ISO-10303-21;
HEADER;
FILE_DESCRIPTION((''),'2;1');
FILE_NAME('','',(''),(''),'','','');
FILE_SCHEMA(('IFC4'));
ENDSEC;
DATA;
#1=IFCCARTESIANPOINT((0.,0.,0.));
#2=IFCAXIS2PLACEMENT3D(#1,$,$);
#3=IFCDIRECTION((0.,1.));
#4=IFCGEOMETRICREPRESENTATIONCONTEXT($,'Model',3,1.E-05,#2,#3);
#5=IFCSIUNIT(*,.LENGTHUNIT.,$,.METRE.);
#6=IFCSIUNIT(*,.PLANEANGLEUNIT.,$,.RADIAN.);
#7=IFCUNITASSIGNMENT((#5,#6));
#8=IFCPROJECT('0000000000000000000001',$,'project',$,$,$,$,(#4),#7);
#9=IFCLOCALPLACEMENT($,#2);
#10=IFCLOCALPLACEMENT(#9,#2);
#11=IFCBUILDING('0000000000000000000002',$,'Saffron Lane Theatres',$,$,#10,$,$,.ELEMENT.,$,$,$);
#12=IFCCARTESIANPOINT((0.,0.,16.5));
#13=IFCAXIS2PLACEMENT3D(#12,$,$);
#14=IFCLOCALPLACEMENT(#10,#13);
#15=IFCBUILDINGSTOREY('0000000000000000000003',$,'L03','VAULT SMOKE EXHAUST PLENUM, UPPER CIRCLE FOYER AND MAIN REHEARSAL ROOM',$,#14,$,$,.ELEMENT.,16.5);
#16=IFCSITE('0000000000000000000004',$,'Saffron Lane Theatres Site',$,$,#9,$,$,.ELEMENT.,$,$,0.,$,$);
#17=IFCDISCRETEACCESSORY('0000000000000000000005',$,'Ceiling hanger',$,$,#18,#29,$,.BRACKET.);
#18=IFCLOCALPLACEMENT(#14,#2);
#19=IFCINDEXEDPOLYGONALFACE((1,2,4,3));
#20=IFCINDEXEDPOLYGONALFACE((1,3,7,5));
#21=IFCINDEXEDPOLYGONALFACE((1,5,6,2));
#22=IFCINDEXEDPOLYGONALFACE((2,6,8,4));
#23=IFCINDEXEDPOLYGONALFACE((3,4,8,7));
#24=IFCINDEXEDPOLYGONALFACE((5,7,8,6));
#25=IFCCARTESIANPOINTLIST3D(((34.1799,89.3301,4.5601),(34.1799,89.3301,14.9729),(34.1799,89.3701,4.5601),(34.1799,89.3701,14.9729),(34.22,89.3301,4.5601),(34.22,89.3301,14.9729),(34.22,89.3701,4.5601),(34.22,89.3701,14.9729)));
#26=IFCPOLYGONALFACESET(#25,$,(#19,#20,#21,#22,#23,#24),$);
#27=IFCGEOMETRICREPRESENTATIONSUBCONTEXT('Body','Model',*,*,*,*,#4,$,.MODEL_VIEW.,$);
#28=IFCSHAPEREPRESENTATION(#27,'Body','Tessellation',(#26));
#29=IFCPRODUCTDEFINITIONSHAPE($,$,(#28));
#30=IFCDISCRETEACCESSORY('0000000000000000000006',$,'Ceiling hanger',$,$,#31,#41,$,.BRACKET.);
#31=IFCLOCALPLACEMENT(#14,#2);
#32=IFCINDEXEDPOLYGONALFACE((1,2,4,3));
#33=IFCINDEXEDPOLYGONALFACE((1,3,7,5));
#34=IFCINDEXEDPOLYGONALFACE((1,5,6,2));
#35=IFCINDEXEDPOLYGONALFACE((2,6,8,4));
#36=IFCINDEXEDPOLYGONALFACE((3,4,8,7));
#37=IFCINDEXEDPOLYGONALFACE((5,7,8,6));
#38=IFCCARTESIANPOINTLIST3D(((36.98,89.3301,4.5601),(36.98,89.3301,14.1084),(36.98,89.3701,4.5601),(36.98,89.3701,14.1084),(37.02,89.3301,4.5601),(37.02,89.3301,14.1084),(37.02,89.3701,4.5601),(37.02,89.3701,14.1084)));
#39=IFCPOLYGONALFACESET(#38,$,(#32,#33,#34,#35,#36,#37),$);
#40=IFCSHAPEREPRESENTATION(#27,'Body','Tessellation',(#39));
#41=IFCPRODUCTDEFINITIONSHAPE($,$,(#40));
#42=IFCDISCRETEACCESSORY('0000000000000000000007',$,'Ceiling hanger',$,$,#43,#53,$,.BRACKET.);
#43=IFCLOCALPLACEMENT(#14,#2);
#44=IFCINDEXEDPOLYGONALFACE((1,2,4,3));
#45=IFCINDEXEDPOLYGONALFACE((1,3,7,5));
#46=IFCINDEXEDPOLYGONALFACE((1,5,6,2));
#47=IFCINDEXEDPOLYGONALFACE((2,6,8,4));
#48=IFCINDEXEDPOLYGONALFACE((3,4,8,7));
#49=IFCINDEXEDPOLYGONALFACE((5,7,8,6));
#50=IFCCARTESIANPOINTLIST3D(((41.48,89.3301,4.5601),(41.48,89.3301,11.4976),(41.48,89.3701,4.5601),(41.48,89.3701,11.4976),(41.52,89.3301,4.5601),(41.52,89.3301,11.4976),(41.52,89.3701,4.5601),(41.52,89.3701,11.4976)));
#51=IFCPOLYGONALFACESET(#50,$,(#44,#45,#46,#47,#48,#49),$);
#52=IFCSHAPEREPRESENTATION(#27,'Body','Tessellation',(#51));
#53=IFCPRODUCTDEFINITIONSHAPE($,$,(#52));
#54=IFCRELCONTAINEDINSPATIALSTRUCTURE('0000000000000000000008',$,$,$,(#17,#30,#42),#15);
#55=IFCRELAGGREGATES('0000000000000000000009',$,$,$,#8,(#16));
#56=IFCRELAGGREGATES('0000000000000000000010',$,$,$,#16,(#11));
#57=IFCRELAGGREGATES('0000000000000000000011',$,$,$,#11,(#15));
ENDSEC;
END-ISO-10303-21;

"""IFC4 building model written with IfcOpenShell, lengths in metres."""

from ifc_helpers import new_model, si_unit, direction, frame, origin, origin_2d, place, context, subcontext, project, spatial, rectangle, extrude, element, save


model = new_model("IFC4")

# Units and contexts
model_context = context("Model", 3, precision=1e-05, world=origin(), true_north=direction((0.0, 1.0)))
body_context = subcontext(model_context, "Body", "Model", "MODEL_VIEW")
ifc_project = project(units=[si_unit("LENGTHUNIT", "METRE"), si_unit("PLANEANGLEUNIT", "RADIAN")], contexts=[model_context])

# Site, building, storey
site_placement = place(None, origin())
site = spatial("IfcSite", under=ifc_project, at=site_placement, Name="Saffron Lane Theatres Site", CompositionType="ELEMENT", RefElevation=0.0)
building_placement = place(site_placement, origin())
building = spatial("IfcBuilding", under=site, at=building_placement, Name="Saffron Lane Theatres", CompositionType="ELEMENT")
storey_placement = place(building_placement, frame((0.0, 0.0, 16.5)))
storey = spatial("IfcBuildingStorey", under=building, at=storey_placement, Name="L03", Description="VAULT SMOKE EXHAUST PLENUM, UPPER CIRCLE FOYER AND MAIN REHEARSAL ROOM", CompositionType="ELEMENT", Elevation=16.5)

# Discrete accessories
discrete_accessory_1_placement = place(storey_placement, frame((34.2, 89.3501, 4.5601), z_axis=(0.0, 0.0, 1.0), x_axis=(1.0, 0.0, 0.0)))
element("IfcDiscreteAccessory", 1, at=discrete_accessory_1_placement, inside=storey, Name="Ceiling hanger", PredefinedType="BRACKET", context=body_context, shape_type="SweptSolid", body=[
    extrude(rectangle(XDim=0.04, YDim=0.04, at=origin_2d()), origin(), (0.0, 0.0, 1.0), 10.4128),
])
discrete_accessory_2_placement = place(storey_placement, frame((37.0, 89.3501, 4.5601), z_axis=(0.0, 0.0, 1.0), x_axis=(1.0, 0.0, 0.0)))
element("IfcDiscreteAccessory", 2, at=discrete_accessory_2_placement, inside=storey, Name="Ceiling hanger", PredefinedType="BRACKET", context=body_context, shape_type="SweptSolid", body=[
    extrude(rectangle(XDim=0.04, YDim=0.04, at=origin_2d()), origin(), (0.0, 0.0, 1.0), 9.5483),
])
discrete_accessory_3_placement = place(storey_placement, frame((41.5, 89.3501, 4.5601), z_axis=(0.0, 0.0, 1.0), x_axis=(1.0, 0.0, 0.0)))
element("IfcDiscreteAccessory", 3, at=discrete_accessory_3_placement, inside=storey, Name="Ceiling hanger", PredefinedType="BRACKET", context=body_context, shape_type="SweptSolid", body=[
    extrude(rectangle(XDim=0.04, YDim=0.04, at=origin_2d()), origin(), (0.0, 0.0, 1.0), 6.9375),
])

save(model, "model.ifc")
